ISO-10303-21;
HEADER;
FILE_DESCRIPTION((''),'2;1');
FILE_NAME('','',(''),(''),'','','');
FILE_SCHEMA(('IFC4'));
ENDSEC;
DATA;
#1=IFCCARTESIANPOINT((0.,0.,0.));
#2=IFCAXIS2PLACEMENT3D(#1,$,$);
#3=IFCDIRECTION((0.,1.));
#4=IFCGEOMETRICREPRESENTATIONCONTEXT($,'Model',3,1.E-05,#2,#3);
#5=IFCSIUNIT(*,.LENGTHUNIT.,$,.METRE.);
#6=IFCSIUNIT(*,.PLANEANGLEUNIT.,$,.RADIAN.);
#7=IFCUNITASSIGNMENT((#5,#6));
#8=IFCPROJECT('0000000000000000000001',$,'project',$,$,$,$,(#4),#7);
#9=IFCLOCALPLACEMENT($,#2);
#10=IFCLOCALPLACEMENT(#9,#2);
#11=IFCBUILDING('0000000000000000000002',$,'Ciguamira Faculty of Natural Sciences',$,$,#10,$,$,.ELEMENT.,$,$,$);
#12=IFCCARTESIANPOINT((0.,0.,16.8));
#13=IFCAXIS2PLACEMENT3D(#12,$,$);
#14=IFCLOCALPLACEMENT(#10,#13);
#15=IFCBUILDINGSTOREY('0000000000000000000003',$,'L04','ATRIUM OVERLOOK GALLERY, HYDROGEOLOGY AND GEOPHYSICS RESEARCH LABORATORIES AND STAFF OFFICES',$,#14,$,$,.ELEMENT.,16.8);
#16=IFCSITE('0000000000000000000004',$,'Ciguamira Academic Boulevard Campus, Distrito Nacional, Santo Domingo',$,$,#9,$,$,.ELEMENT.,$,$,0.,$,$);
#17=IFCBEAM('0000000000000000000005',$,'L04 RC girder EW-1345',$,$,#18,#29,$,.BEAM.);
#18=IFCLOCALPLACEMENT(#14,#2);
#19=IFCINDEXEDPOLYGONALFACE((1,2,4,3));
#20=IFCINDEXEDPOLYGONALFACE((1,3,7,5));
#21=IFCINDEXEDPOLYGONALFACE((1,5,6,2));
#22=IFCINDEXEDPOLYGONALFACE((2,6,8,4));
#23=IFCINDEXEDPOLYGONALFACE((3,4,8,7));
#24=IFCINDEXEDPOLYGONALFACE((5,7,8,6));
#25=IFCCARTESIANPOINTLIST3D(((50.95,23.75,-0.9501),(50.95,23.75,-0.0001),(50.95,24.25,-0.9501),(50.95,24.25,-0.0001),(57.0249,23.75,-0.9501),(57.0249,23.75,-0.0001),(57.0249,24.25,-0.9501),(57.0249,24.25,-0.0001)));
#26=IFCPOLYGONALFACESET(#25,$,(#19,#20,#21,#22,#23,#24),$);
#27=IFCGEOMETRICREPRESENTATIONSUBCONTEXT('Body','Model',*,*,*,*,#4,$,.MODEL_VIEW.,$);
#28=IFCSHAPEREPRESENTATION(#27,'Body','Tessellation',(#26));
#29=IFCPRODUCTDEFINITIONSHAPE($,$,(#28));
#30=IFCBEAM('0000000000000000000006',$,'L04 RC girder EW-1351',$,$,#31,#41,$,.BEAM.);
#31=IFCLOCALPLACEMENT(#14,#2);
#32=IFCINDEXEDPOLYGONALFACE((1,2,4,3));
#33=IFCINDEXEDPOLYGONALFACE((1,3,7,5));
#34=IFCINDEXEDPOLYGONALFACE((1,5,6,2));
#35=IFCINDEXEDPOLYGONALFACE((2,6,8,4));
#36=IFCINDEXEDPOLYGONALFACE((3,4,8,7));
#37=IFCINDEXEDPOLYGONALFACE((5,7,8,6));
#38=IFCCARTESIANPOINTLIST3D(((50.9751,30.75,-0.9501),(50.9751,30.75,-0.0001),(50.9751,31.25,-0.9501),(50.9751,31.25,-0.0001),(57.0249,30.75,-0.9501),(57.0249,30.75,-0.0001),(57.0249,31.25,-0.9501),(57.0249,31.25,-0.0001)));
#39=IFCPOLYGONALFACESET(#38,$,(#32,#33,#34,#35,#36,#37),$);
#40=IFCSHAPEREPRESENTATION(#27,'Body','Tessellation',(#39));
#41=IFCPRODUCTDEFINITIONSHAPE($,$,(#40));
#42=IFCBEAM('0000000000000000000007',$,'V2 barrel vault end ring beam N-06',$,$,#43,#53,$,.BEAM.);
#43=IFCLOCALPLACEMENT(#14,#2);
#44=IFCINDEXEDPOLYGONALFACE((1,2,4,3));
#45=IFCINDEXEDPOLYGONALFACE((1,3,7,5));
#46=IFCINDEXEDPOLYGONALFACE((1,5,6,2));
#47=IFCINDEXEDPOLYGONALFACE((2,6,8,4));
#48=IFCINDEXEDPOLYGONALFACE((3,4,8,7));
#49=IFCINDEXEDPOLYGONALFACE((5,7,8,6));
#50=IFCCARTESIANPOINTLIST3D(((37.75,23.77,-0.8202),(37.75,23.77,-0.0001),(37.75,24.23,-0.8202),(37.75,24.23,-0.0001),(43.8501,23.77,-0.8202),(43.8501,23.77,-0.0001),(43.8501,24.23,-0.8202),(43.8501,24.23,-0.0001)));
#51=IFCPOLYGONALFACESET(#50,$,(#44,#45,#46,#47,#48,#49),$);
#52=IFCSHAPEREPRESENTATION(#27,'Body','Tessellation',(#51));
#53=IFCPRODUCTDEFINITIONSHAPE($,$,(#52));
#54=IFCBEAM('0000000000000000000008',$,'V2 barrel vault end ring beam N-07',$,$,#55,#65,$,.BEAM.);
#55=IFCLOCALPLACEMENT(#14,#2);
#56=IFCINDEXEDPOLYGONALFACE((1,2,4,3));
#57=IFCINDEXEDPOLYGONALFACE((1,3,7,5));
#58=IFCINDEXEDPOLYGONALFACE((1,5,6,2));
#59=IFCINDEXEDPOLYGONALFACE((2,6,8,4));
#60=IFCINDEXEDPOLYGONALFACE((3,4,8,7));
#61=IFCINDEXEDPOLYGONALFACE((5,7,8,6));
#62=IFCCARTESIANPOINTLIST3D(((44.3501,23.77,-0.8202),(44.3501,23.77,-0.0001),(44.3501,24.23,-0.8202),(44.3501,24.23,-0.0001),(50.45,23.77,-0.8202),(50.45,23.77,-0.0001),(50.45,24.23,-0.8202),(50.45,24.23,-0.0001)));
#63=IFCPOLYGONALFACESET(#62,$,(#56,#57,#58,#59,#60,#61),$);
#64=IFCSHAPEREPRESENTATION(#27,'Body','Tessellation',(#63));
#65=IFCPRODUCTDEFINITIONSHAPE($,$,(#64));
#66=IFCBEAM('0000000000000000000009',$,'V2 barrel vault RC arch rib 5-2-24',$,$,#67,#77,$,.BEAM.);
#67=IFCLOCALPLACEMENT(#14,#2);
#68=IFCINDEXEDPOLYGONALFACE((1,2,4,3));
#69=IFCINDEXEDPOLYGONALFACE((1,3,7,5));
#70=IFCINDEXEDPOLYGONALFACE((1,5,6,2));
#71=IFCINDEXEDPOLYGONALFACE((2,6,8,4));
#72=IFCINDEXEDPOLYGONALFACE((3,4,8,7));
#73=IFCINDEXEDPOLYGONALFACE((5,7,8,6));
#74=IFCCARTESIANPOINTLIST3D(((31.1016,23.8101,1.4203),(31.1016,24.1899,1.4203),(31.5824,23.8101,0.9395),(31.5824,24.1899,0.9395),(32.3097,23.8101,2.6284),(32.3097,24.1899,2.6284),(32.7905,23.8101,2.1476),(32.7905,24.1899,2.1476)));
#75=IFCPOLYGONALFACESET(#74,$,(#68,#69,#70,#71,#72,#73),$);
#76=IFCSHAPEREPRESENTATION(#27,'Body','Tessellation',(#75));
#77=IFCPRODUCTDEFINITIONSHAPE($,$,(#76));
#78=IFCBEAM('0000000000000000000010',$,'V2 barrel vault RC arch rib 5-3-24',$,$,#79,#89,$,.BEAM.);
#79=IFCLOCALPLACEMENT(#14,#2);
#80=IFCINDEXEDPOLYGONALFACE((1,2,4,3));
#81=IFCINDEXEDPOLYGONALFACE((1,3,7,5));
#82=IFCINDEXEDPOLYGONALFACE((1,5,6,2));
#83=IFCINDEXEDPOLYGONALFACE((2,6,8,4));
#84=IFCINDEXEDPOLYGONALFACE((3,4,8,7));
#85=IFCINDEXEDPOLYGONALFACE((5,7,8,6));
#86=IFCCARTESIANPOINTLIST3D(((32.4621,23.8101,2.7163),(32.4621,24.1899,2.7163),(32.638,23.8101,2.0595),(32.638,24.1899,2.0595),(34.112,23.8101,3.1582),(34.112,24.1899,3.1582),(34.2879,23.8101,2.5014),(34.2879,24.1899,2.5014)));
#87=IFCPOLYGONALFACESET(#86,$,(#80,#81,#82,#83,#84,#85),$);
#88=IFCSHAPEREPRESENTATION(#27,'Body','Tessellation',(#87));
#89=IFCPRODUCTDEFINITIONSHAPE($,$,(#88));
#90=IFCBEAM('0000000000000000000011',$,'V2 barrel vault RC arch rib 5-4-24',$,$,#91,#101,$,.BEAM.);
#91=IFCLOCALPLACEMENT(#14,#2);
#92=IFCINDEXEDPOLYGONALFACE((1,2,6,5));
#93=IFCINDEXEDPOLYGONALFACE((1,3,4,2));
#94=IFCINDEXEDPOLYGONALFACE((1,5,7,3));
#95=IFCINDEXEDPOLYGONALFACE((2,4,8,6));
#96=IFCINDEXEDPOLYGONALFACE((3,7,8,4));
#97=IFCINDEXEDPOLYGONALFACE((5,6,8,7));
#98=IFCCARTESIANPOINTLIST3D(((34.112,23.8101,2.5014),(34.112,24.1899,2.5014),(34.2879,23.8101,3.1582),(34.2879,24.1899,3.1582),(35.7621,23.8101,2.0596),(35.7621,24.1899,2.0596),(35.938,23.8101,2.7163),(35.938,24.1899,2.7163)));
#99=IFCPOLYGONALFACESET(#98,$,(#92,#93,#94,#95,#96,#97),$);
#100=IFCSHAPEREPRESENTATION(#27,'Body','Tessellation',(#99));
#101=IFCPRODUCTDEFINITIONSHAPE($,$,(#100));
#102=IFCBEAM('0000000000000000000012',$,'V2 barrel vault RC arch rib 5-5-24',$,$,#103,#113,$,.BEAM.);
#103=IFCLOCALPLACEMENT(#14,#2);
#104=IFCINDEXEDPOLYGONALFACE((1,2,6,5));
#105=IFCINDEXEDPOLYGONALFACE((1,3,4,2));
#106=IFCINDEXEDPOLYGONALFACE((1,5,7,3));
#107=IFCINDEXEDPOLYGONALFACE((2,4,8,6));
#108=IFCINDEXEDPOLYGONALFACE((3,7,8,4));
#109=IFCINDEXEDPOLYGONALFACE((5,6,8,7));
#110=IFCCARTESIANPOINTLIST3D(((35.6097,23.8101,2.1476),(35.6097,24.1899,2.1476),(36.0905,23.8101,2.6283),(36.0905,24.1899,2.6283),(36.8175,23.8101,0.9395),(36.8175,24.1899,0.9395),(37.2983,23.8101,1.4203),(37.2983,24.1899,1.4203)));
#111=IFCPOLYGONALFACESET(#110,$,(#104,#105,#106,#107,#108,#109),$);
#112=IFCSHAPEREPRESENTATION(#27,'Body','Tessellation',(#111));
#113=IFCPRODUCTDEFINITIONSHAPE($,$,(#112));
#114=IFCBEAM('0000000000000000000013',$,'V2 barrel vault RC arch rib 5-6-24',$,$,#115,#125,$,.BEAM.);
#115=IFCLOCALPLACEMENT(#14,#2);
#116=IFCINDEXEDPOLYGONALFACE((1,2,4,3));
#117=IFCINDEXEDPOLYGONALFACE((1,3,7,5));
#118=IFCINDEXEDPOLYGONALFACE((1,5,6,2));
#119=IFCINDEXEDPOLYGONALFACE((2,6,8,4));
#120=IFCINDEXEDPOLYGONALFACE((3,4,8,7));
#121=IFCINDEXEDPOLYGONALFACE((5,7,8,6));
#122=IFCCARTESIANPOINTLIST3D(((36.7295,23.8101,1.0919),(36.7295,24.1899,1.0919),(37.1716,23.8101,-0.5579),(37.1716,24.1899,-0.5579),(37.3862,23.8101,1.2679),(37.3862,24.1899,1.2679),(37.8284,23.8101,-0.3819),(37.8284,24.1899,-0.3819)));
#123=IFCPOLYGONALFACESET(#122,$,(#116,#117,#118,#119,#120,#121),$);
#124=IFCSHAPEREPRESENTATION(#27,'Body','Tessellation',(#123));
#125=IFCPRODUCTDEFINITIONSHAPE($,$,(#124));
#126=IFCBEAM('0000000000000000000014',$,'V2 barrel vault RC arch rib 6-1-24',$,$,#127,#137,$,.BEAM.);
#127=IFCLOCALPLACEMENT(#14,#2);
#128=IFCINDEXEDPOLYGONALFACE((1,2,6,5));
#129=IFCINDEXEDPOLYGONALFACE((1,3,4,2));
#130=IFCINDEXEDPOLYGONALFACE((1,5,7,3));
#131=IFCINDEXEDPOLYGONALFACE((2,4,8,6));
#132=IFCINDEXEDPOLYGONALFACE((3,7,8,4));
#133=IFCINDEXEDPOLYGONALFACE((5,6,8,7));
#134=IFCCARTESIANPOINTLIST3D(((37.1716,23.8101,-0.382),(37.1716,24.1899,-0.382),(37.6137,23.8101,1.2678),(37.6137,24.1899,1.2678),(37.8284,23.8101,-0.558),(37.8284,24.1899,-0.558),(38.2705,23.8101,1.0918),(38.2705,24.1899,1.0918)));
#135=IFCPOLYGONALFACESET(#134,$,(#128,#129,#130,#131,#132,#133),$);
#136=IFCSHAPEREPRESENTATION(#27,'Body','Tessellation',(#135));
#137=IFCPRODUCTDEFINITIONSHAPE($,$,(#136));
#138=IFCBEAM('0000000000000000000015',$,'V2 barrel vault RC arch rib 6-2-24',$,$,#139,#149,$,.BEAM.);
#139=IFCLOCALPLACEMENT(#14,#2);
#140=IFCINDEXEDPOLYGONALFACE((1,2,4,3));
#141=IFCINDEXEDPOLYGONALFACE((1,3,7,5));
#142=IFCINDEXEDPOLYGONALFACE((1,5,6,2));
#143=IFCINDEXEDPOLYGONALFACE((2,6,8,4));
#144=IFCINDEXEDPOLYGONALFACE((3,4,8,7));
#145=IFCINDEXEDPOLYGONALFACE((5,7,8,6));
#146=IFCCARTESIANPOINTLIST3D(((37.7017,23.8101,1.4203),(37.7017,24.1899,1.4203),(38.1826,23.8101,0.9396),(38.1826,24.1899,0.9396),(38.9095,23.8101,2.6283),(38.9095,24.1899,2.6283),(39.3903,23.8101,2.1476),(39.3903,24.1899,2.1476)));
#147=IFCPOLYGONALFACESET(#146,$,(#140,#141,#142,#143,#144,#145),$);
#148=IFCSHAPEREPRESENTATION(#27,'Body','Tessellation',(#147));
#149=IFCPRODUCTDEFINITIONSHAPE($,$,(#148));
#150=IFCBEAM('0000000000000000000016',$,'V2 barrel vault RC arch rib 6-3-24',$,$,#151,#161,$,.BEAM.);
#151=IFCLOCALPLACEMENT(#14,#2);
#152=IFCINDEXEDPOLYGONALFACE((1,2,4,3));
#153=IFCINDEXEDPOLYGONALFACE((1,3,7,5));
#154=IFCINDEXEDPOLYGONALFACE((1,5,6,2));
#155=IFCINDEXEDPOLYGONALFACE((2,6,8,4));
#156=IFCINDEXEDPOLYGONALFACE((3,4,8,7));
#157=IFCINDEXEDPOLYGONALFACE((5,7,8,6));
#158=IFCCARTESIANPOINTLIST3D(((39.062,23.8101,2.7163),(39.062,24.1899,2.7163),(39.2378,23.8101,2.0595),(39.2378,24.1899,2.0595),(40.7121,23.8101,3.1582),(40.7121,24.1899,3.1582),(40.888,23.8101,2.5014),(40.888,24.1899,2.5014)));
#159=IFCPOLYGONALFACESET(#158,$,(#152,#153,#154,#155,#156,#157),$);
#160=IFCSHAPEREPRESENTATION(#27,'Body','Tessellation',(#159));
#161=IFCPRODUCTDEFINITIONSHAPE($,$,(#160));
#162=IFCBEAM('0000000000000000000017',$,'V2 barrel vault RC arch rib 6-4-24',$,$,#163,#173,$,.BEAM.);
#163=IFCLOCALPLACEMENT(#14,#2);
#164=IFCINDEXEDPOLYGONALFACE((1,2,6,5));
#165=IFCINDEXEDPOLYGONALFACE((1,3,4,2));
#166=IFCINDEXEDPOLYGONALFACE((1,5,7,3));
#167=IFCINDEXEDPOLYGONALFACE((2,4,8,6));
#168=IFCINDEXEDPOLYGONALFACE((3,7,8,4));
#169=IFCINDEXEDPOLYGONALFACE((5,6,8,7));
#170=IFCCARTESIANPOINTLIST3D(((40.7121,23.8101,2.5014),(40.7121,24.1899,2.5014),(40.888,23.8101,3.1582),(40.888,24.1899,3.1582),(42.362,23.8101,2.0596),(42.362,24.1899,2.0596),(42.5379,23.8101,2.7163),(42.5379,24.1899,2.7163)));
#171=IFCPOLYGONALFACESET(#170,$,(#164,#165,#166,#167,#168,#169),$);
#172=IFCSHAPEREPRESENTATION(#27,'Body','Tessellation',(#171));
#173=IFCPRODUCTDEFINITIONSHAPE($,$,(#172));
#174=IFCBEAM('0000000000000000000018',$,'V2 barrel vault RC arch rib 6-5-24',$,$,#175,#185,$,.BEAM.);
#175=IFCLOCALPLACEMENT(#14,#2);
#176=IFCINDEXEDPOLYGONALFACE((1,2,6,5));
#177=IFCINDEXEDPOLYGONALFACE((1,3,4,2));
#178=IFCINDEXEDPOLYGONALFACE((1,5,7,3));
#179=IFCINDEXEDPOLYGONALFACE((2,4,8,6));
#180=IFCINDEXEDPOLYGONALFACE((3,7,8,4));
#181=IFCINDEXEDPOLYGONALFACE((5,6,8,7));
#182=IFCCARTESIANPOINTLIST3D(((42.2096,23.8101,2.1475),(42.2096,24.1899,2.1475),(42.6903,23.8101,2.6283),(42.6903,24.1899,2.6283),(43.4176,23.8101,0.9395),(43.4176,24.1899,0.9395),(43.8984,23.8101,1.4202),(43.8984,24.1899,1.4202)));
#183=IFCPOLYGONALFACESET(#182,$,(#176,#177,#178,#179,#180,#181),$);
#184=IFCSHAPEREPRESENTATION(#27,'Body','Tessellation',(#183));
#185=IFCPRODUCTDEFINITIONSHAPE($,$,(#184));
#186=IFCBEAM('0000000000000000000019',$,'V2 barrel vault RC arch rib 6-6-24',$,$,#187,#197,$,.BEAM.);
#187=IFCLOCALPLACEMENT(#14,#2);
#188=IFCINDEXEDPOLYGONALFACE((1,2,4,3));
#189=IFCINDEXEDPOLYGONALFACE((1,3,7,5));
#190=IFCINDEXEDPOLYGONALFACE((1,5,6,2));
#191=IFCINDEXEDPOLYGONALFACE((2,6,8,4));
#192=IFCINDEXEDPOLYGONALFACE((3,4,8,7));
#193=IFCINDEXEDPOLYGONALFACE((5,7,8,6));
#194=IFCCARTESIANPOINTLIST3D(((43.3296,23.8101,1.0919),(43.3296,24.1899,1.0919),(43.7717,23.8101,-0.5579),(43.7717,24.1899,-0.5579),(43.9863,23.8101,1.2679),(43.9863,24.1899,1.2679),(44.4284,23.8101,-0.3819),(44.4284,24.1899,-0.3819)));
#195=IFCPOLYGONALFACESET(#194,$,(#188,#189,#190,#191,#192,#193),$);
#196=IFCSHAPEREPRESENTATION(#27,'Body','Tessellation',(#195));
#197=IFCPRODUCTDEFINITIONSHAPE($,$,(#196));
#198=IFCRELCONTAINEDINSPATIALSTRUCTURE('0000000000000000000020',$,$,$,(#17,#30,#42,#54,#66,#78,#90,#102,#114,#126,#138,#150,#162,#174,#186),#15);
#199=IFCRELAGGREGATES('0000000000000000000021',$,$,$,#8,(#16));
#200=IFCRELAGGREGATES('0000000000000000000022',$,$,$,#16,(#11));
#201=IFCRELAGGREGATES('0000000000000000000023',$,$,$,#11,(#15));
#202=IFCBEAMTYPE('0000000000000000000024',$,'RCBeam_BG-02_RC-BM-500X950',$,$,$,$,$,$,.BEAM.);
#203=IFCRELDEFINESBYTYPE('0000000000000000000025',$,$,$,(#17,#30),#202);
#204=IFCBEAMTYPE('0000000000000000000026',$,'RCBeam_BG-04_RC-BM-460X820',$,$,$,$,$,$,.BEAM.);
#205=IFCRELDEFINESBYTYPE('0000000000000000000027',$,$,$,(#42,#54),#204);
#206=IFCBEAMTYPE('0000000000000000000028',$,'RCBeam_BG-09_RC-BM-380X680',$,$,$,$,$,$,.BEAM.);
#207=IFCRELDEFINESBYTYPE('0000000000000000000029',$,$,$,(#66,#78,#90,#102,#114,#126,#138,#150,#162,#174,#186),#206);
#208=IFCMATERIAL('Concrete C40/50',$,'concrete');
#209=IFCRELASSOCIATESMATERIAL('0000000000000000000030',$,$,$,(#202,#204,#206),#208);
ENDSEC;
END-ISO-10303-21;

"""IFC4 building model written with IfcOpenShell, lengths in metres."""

from ifc_helpers import new_model, si_unit, direction, frame, origin, origin_2d, place, context, subcontext, project, spatial, rectangle, extrude, material, material_profile, profile_set, type_object, element, save


model = new_model("IFC4")

# Units and contexts
model_context = context("Model", 3, precision=1e-05, world=origin(), true_north=direction((0.0, 1.0)))
body_context = subcontext(model_context, "Body", "Model", "MODEL_VIEW")
ifc_project = project(units=[si_unit("LENGTHUNIT", "METRE"), si_unit("PLANEANGLEUNIT", "RADIAN")], contexts=[model_context])

# Site, building, storey
site_placement = place(None, origin())
site = spatial("IfcSite", under=ifc_project, at=site_placement, Name="Ciguamira Academic Boulevard Campus, Distrito Nacional, Santo Domingo", CompositionType="ELEMENT", RefElevation=0.0)
building_placement = place(site_placement, origin())
building = spatial("IfcBuilding", under=site, at=building_placement, Name="Ciguamira Faculty of Natural Sciences", CompositionType="ELEMENT")
storey_placement = place(building_placement, frame((0.0, 0.0, 16.8)))
storey = spatial("IfcBuildingStorey", under=building, at=storey_placement, Name="L04", Description="ATRIUM OVERLOOK GALLERY, HYDROGEOLOGY AND GEOPHYSICS RESEARCH LABORATORIES AND STAFF OFFICES", CompositionType="ELEMENT", Elevation=16.8)

# Beams
ifc_material_1 = material(Name="Concrete C40/50", Category="concrete")
ifc_material_profile_1 = material_profile(ifc_material_1, rectangle(XDim=0.5, YDim=0.95, at=origin_2d()), Name="RC-BM-500X950")
ifc_profile_set_1 = profile_set([ifc_material_profile_1], Name="Concrete C40/50")
beam_type_1 = type_object("IfcBeamType", Name="RCBeam_BG-02_RC-BM-500X950", PredefinedType="BEAM", material=ifc_profile_set_1)
beam_1_placement = place(storey_placement, frame((50.95, 24.0, -0.4751), z_axis=(1.0, 0.0, 0.0), x_axis=(0.0, 1.0, 0.0)))
element("IfcBeam", 1, at=beam_1_placement, inside=storey, type_object=beam_type_1, Name="L04 RC girder EW-1345", PredefinedType="BEAM", context=body_context, shape_type="SweptSolid", body=[
    extrude(rectangle(XDim=0.5, YDim=0.95, at=origin_2d()), origin(), (0.0, 0.0, 1.0), 6.075),
])
beam_2_placement = place(storey_placement, frame((50.9751, 31.0, -0.4751), z_axis=(1.0, 0.0, 0.0), x_axis=(0.0, 1.0, 0.0)))
element("IfcBeam", 2, at=beam_2_placement, inside=storey, type_object=beam_type_1, Name="L04 RC girder EW-1351", PredefinedType="BEAM", context=body_context, shape_type="SweptSolid", body=[
    extrude(rectangle(XDim=0.5, YDim=0.95, at=origin_2d()), origin(), (0.0, 0.0, 1.0), 6.0498),
])
ifc_material_profile_2 = material_profile(ifc_material_1, rectangle(XDim=0.46, YDim=0.8201, at=origin_2d()), Name="RC-BM-460X820")
ifc_profile_set_2 = profile_set([ifc_material_profile_2], Name="Concrete C40/50")
beam_type_2 = type_object("IfcBeamType", Name="RCBeam_BG-04_RC-BM-460X820", PredefinedType="BEAM", material=ifc_profile_set_2)
beam_3_placement = place(storey_placement, frame((37.75, 24.0, -0.4102), z_axis=(1.0, 0.0, 0.0), x_axis=(0.0, 1.0, 0.0)))
element("IfcBeam", 3, at=beam_3_placement, inside=storey, type_object=beam_type_2, Name="V2 barrel vault end ring beam N-06", PredefinedType="BEAM", context=body_context, shape_type="SweptSolid", body=[
    extrude(rectangle(XDim=0.46, YDim=0.8201, at=origin_2d()), origin(), (0.0, 0.0, 1.0), 6.1001),
])
beam_4_placement = place(storey_placement, frame((44.3501, 24.0, -0.4102), z_axis=(1.0, 0.0, 0.0), x_axis=(0.0, 1.0, 0.0)))
element("IfcBeam", 4, at=beam_4_placement, inside=storey, type_object=beam_type_2, Name="V2 barrel vault end ring beam N-07", PredefinedType="BEAM", context=body_context, shape_type="SweptSolid", body=[
    extrude(rectangle(XDim=0.46, YDim=0.8201, at=origin_2d()), origin(), (0.0, 0.0, 1.0), 6.0999),
])
ifc_material_profile_3 = material_profile(ifc_material_1, rectangle(XDim=0.3799, YDim=0.6799, at=origin_2d()), Name="RC-BM-380X680")
ifc_profile_set_3 = profile_set([ifc_material_profile_3], Name="Concrete C40/50")
beam_type_3 = type_object("IfcBeamType", Name="RCBeam_BG-09_RC-BM-380X680", PredefinedType="BEAM", material=ifc_profile_set_3)
beam_5_placement = place(storey_placement, frame((31.342, 24.0, 1.1799), z_axis=(0.707107, 0.0, 0.707107), x_axis=(0.0, 1.0, 0.0)))
element("IfcBeam", 5, at=beam_5_placement, inside=storey, type_object=beam_type_3, Name="V2 barrel vault RC arch rib 5-2-24", PredefinedType="BEAM", context=body_context, shape_type="SweptSolid", body=[
    extrude(rectangle(XDim=0.3799, YDim=0.6799, at=origin_2d()), origin(), (0.0, 0.0, 1.0), 1.7085),
])
beam_6_placement = place(storey_placement, frame((32.55, 24.0, 2.3879), z_axis=(0.965954, 0.0, 0.258712), x_axis=(0.0, 1.0, 0.0)))
element("IfcBeam", 6, at=beam_6_placement, inside=storey, type_object=beam_type_3, Name="V2 barrel vault RC arch rib 5-3-24", PredefinedType="BEAM", context=body_context, shape_type="SweptSolid", body=[
    extrude(rectangle(XDim=0.3799, YDim=0.6799, at=origin_2d()), origin(), (0.0, 0.0, 1.0), 1.708),
])
for number, where, z_axis, x_axis, name in (
    (7, (34.2, 24.0, 2.8298), (0.965964, 0.0, -0.258677), (0.0, 1.0, 0.0), "V2 barrel vault RC arch rib 5-4-24"),
    (8, (35.8501, 24.0, 2.3879), (0.707035, 0.0, -0.707178), (0.0, 1.0, 0.0), "V2 barrel vault RC arch rib 5-5-24"),
):
    element("IfcBeam", number, at=place(storey_placement, frame(where, z_axis=z_axis, x_axis=x_axis)), inside=storey, type_object=beam_type_3, Name=name, PredefinedType="BEAM", context=body_context, shape_type="SweptSolid", body=[
        extrude(rectangle(XDim=0.3799, YDim=0.6799, at=origin_2d()), origin(), (0.0, 0.0, 1.0), 1.7083),
    ])
for number, where, z_axis, x_axis, name in (
    (9, (37.0579, 24.0, 1.1799), (0.258846, 0.0, -0.965919), (0.0, 1.0, 0.0), "V2 barrel vault RC arch rib 5-6-24"),
    (10, (37.5, 24.0, -0.47), (0.258846, 0.0, 0.965919), (0.0, 1.0, 0.0), "V2 barrel vault RC arch rib 6-1-24"),
):
    element("IfcBeam", number, at=place(storey_placement, frame(where, z_axis=z_axis, x_axis=x_axis)), inside=storey, type_object=beam_type_3, Name=name, PredefinedType="BEAM", context=body_context, shape_type="SweptSolid", body=[
        extrude(rectangle(XDim=0.3799, YDim=0.6799, at=origin_2d()), origin(), (0.0, 0.0, 1.0), 1.708),
    ])
for number, where, z_axis, x_axis, name in (
    (11, (37.9421, 24.0, 1.1799), (0.707035, 0.0, 0.707178), (0.0, 1.0, 0.0), "V2 barrel vault RC arch rib 6-2-24"),
    (12, (39.1499, 24.0, 2.3879), (0.965964, 0.0, 0.258677), (0.0, 1.0, 0.0), "V2 barrel vault RC arch rib 6-3-24"),
):
    element("IfcBeam", number, at=place(storey_placement, frame(where, z_axis=z_axis, x_axis=x_axis)), inside=storey, type_object=beam_type_3, Name=name, PredefinedType="BEAM", context=body_context, shape_type="SweptSolid", body=[
        extrude(rectangle(XDim=0.3799, YDim=0.6799, at=origin_2d()), origin(), (0.0, 0.0, 1.0), 1.7083),
    ])
beam_7_placement = place(storey_placement, frame((40.8, 24.0, 2.8298), z_axis=(0.965954, 0.0, -0.258712), x_axis=(0.0, 1.0, 0.0)))
element("IfcBeam", 13, at=beam_7_placement, inside=storey, type_object=beam_type_3, Name="V2 barrel vault RC arch rib 6-4-24", PredefinedType="BEAM", context=body_context, shape_type="SweptSolid", body=[
    extrude(rectangle(XDim=0.3799, YDim=0.6799, at=origin_2d()), origin(), (0.0, 0.0, 1.0), 1.708),
])
beam_8_placement = place(storey_placement, frame((42.45, 24.0, 2.3879), z_axis=(0.707107, 0.0, -0.707107), x_axis=(0.0, 1.0, 0.0)))
element("IfcBeam", 14, at=beam_8_placement, inside=storey, type_object=beam_type_3, Name="V2 barrel vault RC arch rib 6-5-24", PredefinedType="BEAM", context=body_context, shape_type="SweptSolid", body=[
    extrude(rectangle(XDim=0.3799, YDim=0.6799, at=origin_2d()), origin(), (0.0, 0.0, 1.0), 1.7085),
])
for number, where, z_axis, x_axis, name in (
    (15, (43.658, 24.0, 1.1799), (0.258846, 0.0, -0.965919), (0.0, 1.0, 0.0), "V2 barrel vault RC arch rib 6-6-24"),
):
    element("IfcBeam", number, at=place(storey_placement, frame(where, z_axis=z_axis, x_axis=x_axis)), inside=storey, type_object=beam_type_3, Name=name, PredefinedType="BEAM", context=body_context, shape_type="SweptSolid", body=[
        extrude(rectangle(XDim=0.3799, YDim=0.6799, at=origin_2d()), origin(), (0.0, 0.0, 1.0), 1.708),
    ])

save(model, "model.ifc")
